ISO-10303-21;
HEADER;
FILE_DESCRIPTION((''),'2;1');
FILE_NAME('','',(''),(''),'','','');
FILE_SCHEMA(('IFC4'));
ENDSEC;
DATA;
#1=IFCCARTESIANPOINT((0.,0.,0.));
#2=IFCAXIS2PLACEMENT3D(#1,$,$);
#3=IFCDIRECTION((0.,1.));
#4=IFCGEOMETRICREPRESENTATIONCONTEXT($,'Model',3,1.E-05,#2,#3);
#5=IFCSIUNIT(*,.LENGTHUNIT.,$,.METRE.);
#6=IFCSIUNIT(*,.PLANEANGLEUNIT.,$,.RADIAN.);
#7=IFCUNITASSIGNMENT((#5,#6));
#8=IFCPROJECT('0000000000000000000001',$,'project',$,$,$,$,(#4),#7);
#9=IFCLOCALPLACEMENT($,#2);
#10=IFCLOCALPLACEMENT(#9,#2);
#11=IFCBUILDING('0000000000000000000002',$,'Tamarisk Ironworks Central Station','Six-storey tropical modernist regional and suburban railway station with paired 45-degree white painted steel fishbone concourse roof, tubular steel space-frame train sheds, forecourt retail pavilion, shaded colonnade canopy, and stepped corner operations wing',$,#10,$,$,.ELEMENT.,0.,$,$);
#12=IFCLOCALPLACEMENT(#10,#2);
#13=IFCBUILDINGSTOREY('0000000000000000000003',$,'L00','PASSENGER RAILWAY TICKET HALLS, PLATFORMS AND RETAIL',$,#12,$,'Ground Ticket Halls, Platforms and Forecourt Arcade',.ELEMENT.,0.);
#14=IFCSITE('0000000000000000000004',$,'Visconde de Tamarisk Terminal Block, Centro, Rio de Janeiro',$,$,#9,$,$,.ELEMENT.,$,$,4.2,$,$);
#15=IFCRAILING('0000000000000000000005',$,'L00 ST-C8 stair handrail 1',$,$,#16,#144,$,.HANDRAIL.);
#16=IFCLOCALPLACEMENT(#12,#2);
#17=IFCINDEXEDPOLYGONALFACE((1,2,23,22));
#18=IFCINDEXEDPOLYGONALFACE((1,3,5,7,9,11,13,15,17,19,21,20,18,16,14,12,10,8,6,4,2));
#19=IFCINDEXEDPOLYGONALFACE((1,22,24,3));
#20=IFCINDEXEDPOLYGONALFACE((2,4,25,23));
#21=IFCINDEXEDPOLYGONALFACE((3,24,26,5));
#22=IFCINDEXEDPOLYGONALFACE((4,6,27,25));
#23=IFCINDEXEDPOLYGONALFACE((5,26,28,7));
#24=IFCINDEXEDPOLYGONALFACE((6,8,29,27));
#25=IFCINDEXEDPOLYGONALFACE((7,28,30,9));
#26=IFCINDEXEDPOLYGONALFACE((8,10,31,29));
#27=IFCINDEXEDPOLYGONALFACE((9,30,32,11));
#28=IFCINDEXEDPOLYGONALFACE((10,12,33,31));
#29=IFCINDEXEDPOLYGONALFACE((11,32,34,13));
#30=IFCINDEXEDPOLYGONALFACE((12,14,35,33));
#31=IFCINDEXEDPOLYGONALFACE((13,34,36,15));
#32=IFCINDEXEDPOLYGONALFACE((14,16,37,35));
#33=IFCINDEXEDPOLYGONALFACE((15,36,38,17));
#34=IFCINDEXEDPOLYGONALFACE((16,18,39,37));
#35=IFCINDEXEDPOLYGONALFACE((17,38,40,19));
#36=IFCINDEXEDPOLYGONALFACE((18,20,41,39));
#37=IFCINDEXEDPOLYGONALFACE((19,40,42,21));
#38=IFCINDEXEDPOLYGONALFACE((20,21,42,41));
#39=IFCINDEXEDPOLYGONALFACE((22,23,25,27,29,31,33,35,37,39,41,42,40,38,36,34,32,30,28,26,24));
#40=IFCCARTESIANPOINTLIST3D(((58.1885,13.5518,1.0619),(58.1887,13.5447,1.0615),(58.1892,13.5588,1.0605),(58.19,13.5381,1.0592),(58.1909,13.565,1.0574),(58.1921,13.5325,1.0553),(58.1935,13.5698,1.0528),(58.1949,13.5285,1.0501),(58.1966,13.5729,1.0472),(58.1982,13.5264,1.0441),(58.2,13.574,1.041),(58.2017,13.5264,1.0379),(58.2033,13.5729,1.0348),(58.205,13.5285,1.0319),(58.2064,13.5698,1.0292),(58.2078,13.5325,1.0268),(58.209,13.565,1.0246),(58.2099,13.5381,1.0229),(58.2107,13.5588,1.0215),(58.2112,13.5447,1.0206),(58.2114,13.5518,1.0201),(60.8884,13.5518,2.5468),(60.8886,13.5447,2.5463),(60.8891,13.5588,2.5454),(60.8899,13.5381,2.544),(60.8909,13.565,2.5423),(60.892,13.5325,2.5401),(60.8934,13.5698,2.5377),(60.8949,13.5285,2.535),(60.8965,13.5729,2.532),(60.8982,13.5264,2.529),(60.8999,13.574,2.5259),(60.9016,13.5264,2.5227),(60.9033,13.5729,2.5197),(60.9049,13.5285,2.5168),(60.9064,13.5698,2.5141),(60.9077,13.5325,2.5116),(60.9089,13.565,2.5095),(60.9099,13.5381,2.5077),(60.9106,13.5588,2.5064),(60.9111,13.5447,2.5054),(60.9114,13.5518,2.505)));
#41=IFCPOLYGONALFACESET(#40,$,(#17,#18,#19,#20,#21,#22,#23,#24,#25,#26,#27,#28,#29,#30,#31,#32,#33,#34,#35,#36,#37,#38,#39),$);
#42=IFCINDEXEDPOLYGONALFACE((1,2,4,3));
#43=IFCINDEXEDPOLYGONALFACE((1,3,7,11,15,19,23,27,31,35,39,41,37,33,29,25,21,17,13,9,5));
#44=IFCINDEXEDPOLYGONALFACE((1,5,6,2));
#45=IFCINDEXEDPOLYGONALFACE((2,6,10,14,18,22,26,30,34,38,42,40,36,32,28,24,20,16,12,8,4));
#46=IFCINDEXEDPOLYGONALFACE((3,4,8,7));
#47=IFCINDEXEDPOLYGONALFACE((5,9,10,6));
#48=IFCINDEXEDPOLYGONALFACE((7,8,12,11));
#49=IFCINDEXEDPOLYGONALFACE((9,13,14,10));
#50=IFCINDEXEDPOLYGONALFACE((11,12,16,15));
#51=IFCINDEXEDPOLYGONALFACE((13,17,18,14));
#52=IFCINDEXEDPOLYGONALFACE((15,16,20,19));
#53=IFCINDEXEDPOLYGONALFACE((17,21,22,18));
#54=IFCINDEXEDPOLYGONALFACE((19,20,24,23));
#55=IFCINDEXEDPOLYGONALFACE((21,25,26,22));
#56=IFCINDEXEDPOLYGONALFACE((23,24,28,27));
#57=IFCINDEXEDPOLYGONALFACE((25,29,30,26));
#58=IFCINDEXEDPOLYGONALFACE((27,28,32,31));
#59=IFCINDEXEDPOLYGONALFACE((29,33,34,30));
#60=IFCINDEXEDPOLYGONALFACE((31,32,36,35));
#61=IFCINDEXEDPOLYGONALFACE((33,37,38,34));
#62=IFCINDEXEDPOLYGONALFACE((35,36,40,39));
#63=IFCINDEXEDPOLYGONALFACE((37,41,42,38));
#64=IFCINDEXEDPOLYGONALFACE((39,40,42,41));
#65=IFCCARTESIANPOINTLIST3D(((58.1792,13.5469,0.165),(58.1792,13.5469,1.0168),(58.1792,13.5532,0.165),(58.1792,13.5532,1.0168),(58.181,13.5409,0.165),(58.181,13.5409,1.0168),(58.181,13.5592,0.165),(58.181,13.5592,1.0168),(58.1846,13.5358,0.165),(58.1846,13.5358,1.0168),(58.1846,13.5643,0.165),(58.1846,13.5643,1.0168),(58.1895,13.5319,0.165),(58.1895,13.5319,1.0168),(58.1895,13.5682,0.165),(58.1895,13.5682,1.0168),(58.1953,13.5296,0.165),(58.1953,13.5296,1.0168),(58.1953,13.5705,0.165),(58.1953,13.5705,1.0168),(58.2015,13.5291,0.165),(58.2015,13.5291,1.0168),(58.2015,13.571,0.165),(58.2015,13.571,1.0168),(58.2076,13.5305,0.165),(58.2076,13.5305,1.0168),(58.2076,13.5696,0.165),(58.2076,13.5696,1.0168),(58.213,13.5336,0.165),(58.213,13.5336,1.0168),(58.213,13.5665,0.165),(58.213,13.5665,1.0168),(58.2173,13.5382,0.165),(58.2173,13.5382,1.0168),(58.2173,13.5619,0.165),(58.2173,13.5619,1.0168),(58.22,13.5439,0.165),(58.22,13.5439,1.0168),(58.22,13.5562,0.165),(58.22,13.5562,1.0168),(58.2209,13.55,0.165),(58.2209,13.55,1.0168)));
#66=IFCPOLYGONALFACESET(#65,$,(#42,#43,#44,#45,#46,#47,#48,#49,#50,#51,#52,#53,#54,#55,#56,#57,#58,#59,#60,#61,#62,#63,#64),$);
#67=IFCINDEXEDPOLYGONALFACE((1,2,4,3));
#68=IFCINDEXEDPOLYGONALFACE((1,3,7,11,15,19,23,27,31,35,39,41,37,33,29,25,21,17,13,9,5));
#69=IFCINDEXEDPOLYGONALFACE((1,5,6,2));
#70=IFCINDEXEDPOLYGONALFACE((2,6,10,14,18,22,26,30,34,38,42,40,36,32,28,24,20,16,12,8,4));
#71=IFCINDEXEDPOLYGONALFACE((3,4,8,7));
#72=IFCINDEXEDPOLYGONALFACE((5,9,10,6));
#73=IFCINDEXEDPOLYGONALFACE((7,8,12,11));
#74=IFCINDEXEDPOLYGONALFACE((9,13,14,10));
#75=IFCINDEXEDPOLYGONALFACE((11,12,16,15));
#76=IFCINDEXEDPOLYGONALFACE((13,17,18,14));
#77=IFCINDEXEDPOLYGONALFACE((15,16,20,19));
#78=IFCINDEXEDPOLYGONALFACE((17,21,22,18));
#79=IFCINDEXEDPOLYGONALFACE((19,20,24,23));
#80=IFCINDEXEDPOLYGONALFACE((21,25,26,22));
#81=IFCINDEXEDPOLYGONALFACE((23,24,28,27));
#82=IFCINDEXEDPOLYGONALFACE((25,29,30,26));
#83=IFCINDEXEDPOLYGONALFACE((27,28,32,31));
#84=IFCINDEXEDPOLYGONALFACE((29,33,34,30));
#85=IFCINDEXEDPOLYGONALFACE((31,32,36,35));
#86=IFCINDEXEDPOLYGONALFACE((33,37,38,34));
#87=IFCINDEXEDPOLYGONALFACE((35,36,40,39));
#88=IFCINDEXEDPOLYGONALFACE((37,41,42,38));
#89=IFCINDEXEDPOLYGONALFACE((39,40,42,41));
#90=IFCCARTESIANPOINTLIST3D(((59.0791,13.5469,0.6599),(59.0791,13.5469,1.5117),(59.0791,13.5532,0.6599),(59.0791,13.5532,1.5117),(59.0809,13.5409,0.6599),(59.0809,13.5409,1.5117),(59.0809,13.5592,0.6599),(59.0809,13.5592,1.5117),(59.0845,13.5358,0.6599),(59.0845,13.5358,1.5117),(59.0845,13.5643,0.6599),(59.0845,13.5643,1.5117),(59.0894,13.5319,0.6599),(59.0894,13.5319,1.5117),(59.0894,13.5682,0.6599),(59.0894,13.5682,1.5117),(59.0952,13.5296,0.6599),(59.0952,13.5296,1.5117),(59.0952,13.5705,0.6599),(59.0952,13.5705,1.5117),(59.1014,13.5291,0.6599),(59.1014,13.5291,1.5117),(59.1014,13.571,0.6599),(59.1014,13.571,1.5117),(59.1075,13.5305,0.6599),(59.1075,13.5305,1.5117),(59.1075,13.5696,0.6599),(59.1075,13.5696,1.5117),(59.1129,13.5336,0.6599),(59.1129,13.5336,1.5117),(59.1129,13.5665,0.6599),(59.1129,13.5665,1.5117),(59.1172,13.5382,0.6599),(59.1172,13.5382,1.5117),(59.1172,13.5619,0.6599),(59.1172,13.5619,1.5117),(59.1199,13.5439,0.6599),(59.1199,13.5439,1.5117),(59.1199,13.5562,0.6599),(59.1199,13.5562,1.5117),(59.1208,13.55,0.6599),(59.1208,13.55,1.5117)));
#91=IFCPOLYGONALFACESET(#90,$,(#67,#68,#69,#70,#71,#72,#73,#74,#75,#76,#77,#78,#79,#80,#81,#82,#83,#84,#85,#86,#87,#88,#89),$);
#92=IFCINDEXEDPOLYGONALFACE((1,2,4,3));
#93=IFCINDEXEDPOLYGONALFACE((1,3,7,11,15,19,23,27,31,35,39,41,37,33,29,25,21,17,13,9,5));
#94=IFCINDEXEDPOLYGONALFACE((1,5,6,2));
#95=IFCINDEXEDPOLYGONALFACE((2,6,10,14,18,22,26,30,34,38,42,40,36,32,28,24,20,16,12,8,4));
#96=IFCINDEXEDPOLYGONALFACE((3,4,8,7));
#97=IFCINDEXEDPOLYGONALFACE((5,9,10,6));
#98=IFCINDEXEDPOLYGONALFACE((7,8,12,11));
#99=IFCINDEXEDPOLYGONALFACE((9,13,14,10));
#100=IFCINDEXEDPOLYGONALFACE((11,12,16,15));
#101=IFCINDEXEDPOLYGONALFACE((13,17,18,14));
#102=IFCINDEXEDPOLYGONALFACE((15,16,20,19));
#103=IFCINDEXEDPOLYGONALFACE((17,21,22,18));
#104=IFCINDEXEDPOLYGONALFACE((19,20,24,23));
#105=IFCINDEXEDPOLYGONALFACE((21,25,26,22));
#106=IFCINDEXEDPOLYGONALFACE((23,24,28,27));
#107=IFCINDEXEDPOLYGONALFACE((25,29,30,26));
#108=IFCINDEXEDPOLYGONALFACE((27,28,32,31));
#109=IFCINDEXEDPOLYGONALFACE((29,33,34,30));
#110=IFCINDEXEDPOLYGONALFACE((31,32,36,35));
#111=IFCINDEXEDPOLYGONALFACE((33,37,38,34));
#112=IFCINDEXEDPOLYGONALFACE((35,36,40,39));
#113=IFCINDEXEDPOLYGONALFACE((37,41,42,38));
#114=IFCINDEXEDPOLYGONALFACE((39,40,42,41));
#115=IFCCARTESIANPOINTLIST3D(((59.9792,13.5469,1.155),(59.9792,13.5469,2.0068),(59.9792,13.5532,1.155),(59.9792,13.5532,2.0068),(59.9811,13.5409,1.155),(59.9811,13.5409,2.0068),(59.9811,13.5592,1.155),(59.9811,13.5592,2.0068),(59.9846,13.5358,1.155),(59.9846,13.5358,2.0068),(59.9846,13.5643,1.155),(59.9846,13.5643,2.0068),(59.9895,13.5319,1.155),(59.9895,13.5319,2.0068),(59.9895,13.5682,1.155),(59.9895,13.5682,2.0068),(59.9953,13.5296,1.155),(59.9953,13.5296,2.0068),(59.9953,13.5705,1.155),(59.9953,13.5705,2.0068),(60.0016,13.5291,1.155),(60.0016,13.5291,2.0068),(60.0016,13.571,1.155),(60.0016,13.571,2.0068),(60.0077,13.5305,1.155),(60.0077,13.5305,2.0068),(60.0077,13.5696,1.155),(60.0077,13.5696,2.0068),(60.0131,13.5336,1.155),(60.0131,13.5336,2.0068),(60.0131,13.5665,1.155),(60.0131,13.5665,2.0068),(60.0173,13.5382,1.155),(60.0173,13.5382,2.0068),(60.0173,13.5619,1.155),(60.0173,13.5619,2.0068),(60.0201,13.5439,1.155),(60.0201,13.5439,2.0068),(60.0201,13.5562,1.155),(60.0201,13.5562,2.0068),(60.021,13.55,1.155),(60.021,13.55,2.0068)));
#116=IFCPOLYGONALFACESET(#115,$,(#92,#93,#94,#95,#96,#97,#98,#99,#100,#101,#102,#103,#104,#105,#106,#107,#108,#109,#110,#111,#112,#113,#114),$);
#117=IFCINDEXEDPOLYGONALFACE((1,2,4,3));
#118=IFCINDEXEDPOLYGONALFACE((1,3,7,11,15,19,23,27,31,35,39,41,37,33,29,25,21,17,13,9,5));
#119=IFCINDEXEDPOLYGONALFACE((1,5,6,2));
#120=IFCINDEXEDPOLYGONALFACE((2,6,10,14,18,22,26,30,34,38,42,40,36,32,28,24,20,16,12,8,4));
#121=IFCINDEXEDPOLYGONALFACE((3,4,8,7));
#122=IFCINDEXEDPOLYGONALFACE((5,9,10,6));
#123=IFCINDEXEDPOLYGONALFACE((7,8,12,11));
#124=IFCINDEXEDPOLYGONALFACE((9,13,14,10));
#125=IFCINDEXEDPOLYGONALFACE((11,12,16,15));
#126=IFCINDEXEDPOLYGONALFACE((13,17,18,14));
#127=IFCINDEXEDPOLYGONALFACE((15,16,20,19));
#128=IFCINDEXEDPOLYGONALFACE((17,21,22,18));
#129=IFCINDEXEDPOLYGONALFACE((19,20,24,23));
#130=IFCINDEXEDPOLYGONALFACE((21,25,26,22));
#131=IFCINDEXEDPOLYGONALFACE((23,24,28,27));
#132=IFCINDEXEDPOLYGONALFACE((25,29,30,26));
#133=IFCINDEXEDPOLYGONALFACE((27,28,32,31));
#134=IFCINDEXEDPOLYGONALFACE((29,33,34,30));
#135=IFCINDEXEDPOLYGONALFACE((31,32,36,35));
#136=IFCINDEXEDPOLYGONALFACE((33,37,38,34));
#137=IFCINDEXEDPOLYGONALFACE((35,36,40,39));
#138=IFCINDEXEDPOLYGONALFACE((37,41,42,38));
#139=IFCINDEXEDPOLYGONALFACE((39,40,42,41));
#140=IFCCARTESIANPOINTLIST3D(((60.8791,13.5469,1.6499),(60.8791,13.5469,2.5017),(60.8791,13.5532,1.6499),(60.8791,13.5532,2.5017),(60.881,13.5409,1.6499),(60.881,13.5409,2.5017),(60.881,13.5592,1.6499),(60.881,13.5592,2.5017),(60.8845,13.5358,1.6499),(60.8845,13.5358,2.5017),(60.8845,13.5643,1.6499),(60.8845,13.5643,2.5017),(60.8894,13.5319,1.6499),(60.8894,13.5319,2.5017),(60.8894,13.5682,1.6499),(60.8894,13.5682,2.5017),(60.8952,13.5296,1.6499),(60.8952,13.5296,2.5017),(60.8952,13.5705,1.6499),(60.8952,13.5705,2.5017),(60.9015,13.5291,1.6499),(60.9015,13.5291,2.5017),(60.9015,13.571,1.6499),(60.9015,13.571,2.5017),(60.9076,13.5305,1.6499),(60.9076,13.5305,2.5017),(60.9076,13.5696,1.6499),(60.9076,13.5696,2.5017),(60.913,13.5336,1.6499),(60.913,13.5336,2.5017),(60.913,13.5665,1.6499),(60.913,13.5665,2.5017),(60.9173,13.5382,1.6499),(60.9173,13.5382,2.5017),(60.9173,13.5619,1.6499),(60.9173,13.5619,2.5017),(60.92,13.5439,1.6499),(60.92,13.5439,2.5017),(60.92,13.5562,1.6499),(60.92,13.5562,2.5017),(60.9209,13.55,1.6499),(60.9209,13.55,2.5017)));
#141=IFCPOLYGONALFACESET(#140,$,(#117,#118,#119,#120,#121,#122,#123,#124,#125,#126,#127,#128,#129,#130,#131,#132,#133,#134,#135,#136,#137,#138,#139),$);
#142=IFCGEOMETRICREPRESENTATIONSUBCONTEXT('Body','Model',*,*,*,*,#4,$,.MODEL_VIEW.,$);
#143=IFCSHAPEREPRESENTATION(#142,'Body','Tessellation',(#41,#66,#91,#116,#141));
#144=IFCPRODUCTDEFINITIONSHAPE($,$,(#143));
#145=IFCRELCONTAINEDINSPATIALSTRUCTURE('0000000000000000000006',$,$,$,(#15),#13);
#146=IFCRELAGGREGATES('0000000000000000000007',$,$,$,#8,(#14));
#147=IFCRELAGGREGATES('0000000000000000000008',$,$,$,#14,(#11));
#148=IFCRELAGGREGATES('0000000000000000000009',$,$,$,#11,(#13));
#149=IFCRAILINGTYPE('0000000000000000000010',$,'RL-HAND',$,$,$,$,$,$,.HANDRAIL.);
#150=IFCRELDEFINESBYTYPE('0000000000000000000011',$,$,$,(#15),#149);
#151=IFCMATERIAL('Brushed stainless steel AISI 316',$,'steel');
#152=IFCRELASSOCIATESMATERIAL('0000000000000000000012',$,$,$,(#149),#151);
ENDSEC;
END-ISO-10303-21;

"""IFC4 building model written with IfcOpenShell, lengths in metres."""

from ifc_helpers import new_model, si_unit, direction, frame, origin, origin_2d, place, context, subcontext, project, spatial, circle, extrude, material, type_object, element, save


model = new_model("IFC4")

# Units and contexts
model_context = context("Model", 3, precision=1e-05, world=origin(), true_north=direction((0.0, 1.0)))
body_context = subcontext(model_context, "Body", "Model", "MODEL_VIEW")
ifc_project = project(units=[si_unit("LENGTHUNIT", "METRE"), si_unit("PLANEANGLEUNIT", "RADIAN")], contexts=[model_context])

# Site, building, storey
site_placement = place(None, origin())
site = spatial("IfcSite", under=ifc_project, at=site_placement, Name="Visconde de Tamarisk Terminal Block, Centro, Rio de Janeiro", CompositionType="ELEMENT", RefElevation=4.2)
building_placement = place(site_placement, origin())
building = spatial("IfcBuilding", under=site, at=building_placement, Name="Tamarisk Ironworks Central Station", Description="Six-storey tropical modernist regional and suburban railway station with paired 45-degree white painted steel fishbone concourse roof, tubular steel space-frame train sheds, forecourt retail pavilion, shaded colonnade canopy, and stepped corner operations wing", CompositionType="ELEMENT", ElevationOfRefHeight=0.0)
storey_placement = place(building_placement, origin())
storey = spatial("IfcBuildingStorey", under=building, at=storey_placement, Name="L00", Description="PASSENGER RAILWAY TICKET HALLS, PLATFORMS AND RETAIL", LongName="Ground Ticket Halls, Platforms and Forecourt Arcade", CompositionType="ELEMENT", Elevation=0.0)

# Railing
ifc_material_1 = material(Name="Brushed stainless steel AISI 316", Category="steel")
railing_type_1 = type_object("IfcRailingType", Name="RL-HAND", PredefinedType="HANDRAIL", material=ifc_material_1)
railing_1_placement = place(storey_placement, frame((58.2, 13.55, 0.165)))
element("IfcRailing", 1, at=railing_1_placement, inside=storey, type_object=railing_type_1, Name="L00 ST-C8 stair handrail 1", PredefinedType="HANDRAIL", context=body_context, shape_type="SweptSolid", body=[
    extrude(circle(Radius=0.0239, at=origin_2d()), frame((0.0, 0.0, 0.876), z_axis=(0.876231, 0.0, 0.481891), x_axis=(0.0, 1.0, 0.0)), (0.0, 0.0, 1.0), 3.0813),
    extrude(circle(Radius=0.021, at=origin_2d()), origin(), (0.0, 0.0, 1.0), 0.8518),
    extrude(circle(Radius=0.021, at=origin_2d()), frame((0.8999, 0.0, 0.4949)), (0.0, 0.0, 1.0), 0.8518),
    extrude(circle(Radius=0.021, at=origin_2d()), frame((1.8, 0.0, 0.99)), (0.0, 0.0, 1.0), 0.8518),
    extrude(circle(Radius=0.021, at=origin_2d()), frame((2.7, 0.0, 1.4849)), (0.0, 0.0, 1.0), 0.8518),
])

save(model, "model.ifc")
